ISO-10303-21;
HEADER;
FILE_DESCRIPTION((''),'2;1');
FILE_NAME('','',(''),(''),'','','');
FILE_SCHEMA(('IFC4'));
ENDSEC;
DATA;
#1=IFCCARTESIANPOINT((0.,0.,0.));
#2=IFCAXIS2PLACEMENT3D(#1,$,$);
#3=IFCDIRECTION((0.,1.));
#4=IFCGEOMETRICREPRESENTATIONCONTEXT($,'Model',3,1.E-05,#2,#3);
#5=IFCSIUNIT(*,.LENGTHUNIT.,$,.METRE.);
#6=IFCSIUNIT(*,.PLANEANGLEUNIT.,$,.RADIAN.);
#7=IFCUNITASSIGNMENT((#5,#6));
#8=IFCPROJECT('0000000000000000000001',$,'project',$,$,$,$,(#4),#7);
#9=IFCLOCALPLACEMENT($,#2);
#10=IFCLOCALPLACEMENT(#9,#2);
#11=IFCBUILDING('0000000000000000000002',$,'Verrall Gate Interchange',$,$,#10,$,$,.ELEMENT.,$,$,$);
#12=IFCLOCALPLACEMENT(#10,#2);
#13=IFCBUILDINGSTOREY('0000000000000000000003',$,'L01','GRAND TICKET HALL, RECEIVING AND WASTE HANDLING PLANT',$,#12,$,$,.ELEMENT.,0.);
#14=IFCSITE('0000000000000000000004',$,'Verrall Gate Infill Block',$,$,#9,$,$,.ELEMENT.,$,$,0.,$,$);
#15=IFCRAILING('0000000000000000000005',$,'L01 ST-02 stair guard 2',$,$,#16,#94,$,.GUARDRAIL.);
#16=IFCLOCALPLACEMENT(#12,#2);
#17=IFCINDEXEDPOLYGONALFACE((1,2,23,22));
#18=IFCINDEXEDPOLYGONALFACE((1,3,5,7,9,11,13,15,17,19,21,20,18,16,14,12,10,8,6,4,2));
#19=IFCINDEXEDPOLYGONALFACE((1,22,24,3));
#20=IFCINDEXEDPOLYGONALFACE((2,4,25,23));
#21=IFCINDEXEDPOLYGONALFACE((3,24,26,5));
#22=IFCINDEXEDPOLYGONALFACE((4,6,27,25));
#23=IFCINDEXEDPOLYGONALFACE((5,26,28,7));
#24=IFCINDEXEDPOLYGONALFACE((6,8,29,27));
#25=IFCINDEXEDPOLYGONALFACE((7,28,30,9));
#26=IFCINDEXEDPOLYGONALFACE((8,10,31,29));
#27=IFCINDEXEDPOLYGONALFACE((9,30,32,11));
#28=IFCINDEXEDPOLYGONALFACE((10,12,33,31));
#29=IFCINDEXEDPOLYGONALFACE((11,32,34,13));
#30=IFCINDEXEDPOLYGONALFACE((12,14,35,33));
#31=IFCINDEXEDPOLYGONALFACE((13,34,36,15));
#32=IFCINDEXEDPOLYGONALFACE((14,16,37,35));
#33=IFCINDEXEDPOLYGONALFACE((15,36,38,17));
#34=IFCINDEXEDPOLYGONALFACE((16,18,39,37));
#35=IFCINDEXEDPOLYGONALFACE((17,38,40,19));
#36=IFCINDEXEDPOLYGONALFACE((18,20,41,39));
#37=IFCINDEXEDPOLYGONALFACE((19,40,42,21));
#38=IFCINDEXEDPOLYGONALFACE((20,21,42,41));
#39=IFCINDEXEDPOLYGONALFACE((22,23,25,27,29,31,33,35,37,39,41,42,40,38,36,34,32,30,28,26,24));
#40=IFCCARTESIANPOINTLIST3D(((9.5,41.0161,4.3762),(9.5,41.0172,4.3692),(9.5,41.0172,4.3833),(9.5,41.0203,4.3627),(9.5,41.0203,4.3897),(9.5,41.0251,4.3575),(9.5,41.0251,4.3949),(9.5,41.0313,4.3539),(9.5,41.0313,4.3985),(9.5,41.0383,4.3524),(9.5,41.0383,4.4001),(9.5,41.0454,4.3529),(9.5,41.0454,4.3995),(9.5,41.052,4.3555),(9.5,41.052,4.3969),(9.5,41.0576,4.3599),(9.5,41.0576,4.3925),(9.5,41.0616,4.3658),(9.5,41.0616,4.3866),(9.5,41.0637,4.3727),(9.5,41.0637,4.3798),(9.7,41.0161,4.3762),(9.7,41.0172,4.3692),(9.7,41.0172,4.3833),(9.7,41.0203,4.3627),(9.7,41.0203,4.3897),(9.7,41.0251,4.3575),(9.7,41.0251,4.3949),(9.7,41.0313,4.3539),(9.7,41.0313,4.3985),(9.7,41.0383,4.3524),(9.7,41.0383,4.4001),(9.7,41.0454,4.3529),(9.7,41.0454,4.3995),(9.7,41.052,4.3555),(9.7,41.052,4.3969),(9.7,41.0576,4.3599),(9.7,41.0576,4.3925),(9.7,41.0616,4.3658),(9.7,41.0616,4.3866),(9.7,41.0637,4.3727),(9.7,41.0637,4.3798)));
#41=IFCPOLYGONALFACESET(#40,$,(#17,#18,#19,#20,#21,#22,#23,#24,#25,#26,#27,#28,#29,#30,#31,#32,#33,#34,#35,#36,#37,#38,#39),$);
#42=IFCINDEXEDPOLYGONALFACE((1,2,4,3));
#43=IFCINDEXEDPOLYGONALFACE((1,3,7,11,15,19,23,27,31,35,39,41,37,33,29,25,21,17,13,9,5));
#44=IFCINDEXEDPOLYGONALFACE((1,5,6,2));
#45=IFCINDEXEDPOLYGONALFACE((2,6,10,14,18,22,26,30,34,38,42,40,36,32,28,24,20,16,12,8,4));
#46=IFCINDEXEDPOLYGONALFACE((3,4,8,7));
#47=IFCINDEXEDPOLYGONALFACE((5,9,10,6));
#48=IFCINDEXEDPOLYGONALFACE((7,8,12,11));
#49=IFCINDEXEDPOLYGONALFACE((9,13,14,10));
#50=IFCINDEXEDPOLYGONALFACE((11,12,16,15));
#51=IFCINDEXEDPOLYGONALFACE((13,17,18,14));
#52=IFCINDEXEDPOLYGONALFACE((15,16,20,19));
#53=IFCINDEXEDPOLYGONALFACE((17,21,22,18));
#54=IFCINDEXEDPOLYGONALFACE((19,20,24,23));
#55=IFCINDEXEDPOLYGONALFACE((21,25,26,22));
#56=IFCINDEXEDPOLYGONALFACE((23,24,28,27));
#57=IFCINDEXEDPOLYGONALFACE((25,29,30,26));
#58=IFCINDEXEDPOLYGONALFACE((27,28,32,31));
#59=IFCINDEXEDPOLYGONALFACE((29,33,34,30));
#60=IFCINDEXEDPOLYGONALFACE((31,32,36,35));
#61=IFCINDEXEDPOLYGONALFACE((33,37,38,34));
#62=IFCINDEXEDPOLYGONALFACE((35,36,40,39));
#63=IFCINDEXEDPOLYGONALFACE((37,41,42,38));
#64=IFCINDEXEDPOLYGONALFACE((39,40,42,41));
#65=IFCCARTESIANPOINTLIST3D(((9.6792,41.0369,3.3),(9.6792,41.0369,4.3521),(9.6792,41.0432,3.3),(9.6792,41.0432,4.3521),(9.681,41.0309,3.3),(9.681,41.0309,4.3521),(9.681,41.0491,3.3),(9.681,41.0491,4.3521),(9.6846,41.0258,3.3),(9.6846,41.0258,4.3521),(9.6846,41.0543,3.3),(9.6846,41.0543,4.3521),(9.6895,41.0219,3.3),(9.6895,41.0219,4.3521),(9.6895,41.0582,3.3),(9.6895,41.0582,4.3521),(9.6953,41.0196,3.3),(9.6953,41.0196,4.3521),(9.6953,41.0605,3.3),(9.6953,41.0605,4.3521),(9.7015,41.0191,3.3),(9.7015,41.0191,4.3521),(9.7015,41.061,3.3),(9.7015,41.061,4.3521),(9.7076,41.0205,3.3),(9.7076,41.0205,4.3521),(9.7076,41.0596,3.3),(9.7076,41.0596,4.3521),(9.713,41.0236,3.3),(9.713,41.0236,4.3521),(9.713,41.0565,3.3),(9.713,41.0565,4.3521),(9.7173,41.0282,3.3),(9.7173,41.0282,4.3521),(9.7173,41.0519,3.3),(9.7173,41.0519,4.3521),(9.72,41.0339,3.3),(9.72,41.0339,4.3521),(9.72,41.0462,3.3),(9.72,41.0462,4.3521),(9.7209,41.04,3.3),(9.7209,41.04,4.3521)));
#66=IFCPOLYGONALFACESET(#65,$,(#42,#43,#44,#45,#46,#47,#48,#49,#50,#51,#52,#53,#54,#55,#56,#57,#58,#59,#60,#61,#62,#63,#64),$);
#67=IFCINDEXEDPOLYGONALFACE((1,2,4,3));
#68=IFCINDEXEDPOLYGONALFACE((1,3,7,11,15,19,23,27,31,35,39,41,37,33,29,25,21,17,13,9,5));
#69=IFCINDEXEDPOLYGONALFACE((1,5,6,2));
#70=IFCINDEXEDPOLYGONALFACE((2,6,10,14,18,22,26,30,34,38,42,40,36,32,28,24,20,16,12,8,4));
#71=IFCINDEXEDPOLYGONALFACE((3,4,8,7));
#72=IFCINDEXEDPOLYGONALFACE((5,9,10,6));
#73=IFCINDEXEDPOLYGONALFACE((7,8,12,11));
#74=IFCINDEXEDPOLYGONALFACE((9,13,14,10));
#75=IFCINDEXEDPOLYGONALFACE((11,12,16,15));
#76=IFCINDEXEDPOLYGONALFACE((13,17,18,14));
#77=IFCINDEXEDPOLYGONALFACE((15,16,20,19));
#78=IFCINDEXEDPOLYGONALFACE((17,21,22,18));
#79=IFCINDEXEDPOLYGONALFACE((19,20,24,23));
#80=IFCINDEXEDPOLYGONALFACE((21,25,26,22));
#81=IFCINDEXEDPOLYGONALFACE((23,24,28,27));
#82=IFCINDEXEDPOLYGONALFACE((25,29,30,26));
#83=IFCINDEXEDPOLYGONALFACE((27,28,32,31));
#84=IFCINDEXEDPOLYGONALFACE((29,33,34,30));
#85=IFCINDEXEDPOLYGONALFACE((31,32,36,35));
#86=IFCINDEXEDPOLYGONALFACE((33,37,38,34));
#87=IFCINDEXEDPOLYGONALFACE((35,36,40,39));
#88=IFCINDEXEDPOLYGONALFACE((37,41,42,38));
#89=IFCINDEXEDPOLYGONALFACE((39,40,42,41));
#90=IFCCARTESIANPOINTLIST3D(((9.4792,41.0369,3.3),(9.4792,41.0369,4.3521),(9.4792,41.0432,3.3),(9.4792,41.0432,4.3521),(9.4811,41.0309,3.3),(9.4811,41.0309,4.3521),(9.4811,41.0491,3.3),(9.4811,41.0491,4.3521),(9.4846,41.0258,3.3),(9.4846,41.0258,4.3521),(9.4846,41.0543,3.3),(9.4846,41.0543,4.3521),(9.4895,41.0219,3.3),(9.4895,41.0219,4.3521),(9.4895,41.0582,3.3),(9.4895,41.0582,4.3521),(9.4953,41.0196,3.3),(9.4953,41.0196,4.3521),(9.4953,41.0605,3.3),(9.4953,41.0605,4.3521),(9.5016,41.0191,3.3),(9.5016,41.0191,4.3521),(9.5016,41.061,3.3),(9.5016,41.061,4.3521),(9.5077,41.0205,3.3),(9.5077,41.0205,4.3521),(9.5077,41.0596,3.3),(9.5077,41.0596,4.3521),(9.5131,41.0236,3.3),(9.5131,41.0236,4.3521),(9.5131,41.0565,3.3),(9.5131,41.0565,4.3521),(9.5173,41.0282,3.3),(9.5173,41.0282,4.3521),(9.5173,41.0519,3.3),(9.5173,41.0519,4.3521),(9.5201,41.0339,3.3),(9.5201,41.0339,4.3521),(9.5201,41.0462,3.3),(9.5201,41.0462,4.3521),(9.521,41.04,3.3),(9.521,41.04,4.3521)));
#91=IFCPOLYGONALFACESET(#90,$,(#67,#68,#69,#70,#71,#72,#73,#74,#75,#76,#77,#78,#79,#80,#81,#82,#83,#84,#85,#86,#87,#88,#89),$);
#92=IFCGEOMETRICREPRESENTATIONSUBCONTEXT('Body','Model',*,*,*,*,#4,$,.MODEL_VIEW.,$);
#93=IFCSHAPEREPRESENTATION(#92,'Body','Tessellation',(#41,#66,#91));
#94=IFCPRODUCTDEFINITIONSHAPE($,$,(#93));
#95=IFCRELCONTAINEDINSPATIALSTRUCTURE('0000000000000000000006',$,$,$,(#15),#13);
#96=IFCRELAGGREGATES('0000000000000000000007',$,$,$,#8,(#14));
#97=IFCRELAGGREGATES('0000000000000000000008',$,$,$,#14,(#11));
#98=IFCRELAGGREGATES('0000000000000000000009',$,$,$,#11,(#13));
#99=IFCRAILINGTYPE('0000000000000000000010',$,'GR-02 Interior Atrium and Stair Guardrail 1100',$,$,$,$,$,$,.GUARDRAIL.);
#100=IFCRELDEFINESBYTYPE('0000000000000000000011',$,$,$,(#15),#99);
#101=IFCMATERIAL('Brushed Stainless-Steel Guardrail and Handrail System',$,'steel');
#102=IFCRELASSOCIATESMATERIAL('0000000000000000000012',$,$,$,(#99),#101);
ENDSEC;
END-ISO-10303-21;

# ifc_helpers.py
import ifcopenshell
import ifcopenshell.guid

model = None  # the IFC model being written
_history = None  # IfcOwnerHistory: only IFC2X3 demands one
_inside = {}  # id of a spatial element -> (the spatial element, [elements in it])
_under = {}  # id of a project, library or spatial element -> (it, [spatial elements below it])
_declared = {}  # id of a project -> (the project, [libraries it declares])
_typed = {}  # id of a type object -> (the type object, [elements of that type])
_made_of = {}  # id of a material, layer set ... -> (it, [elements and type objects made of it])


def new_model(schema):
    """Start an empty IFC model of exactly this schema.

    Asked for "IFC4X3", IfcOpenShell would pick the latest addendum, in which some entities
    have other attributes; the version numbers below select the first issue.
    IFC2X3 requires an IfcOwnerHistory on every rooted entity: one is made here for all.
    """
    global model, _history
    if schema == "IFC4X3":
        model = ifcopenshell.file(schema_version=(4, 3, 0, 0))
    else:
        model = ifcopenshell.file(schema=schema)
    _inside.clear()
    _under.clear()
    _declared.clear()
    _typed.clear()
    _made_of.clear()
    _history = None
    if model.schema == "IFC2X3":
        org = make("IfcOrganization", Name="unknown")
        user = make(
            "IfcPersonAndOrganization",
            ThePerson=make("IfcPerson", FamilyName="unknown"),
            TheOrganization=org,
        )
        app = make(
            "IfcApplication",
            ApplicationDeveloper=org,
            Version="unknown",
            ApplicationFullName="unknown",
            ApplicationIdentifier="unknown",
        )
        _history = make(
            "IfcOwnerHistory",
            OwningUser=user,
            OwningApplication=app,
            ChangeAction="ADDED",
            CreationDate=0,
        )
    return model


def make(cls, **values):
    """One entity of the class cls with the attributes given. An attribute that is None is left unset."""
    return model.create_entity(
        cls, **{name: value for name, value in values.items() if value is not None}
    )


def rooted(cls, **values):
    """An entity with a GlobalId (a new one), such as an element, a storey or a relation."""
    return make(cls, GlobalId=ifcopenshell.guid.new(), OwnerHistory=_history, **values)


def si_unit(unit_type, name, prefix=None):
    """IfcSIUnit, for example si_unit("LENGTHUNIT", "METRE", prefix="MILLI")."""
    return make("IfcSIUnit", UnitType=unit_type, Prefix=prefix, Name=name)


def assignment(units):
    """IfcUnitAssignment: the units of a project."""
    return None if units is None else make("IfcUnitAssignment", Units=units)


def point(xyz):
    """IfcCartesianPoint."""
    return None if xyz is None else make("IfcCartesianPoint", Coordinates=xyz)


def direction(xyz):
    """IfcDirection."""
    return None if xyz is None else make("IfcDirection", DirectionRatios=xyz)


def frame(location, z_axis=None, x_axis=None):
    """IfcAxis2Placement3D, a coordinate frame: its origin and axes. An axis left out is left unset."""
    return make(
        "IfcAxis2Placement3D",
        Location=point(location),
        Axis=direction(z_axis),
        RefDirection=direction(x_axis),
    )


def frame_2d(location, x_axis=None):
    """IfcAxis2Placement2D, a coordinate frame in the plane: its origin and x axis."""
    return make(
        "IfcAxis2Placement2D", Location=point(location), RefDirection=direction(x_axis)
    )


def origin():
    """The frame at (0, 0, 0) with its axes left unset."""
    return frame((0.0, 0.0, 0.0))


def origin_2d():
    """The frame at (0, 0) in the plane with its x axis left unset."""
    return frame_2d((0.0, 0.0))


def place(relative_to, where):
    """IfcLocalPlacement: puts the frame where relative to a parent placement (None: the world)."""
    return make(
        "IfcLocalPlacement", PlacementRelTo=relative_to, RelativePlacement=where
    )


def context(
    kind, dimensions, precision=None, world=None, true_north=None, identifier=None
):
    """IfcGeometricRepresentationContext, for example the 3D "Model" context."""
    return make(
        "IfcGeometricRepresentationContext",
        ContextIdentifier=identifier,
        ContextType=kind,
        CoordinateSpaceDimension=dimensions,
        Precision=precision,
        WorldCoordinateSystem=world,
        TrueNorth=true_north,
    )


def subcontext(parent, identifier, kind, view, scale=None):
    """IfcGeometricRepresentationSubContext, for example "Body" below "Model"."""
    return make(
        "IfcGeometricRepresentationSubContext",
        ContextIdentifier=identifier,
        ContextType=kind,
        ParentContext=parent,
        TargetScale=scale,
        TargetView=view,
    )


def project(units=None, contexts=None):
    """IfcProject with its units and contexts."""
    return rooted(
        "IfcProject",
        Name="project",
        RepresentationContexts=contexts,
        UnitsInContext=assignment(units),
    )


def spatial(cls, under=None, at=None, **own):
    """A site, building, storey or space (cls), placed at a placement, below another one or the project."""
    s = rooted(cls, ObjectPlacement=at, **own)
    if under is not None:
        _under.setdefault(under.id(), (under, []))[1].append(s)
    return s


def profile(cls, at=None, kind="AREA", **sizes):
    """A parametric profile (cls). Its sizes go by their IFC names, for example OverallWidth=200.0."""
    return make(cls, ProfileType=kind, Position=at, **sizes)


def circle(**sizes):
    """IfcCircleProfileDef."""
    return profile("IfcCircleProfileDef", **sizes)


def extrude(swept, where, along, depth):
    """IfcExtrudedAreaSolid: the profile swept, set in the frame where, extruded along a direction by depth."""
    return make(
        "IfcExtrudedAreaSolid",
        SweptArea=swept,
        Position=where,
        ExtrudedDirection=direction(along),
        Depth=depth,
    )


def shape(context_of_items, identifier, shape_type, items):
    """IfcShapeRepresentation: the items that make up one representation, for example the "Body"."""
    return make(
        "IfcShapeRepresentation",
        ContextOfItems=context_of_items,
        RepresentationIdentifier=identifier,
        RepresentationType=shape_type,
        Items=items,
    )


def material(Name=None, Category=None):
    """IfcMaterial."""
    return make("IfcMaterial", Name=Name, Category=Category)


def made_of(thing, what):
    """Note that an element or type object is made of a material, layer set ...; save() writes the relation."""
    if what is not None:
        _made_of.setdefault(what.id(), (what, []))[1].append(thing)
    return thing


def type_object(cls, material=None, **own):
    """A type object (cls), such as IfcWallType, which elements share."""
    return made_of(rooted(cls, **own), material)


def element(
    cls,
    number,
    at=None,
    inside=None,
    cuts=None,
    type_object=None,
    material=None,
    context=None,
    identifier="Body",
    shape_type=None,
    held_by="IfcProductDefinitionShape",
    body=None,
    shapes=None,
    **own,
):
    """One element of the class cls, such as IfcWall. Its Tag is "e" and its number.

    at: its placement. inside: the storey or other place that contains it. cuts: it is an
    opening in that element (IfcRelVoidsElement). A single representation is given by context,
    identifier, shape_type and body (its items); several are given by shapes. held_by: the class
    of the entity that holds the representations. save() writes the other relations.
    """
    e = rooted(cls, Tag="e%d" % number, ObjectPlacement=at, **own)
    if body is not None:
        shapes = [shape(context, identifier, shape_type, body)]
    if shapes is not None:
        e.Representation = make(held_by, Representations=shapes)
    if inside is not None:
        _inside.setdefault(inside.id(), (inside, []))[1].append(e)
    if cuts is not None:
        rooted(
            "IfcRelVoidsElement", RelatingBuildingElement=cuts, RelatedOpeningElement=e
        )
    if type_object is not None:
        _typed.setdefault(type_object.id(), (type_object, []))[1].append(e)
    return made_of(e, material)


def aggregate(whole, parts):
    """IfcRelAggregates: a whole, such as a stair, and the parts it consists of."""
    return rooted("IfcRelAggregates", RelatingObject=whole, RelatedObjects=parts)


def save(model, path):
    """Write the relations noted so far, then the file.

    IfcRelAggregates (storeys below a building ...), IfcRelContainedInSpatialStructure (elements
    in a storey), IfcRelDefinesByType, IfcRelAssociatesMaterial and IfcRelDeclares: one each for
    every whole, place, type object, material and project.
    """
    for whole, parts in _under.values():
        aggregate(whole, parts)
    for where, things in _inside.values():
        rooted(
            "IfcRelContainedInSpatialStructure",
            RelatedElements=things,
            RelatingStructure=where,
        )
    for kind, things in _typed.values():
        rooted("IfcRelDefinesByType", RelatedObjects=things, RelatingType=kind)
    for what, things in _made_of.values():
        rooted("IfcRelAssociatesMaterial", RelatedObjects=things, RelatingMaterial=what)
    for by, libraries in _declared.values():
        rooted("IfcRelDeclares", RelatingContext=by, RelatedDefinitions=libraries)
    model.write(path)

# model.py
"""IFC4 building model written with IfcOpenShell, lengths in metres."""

from ifc_helpers import new_model, si_unit, direction, frame, origin, origin_2d, place, context, subcontext, project, spatial, circle, extrude, material, type_object, element, save


model = new_model("IFC4")

# Units and contexts
model_context = context("Model", 3, precision=1e-05, world=origin(), true_north=direction((0.0, 1.0)))
body_context = subcontext(model_context, "Body", "Model", "MODEL_VIEW")
ifc_project = project(units=[si_unit("LENGTHUNIT", "METRE"), si_unit("PLANEANGLEUNIT", "RADIAN")], contexts=[model_context])

# Site, building, storey
site_placement = place(None, origin())
site = spatial("IfcSite", under=ifc_project, at=site_placement, Name="Verrall Gate Infill Block", CompositionType="ELEMENT", RefElevation=0.0)
building_placement = place(site_placement, origin())
building = spatial("IfcBuilding", under=site, at=building_placement, Name="Verrall Gate Interchange", CompositionType="ELEMENT")
storey_placement = place(building_placement, origin())
storey = spatial("IfcBuildingStorey", under=building, at=storey_placement, Name="L01", Description="GRAND TICKET HALL, RECEIVING AND WASTE HANDLING PLANT", CompositionType="ELEMENT", Elevation=0.0)

# Railing
ifc_material_1 = material(Name="Brushed Stainless-Steel Guardrail and Handrail System", Category="steel")
railing_type_1 = type_object("IfcRailingType", Name="GR-02 Interior Atrium and Stair Guardrail 1100", PredefinedType="GUARDRAIL", material=ifc_material_1)
railing_1_placement = place(storey_placement, frame((9.7, 41.04, 3.3)))
element("IfcRailing", 1, at=railing_1_placement, inside=storey, type_object=railing_type_1, Name="L01 ST-02 stair guard 2", PredefinedType="GUARDRAIL", context=body_context, shape_type="SweptSolid", body=[
    extrude(circle(Radius=0.0239, at=origin_2d()), frame((0.0, 0.0, 1.0762), z_axis=(-1.0, 0.0, 0.0), x_axis=(0.0, -1.0, 0.0)), (0.0, 0.0, 1.0), 0.2),
    extrude(circle(Radius=0.021, at=origin_2d()), origin(), (0.0, 0.0, 1.0), 1.052),
    extrude(circle(Radius=0.021, at=origin_2d()), frame((-0.2, 0.0, 0.0)), (0.0, 0.0, 1.0), 1.052),
])

save(model, "model.ifc")
